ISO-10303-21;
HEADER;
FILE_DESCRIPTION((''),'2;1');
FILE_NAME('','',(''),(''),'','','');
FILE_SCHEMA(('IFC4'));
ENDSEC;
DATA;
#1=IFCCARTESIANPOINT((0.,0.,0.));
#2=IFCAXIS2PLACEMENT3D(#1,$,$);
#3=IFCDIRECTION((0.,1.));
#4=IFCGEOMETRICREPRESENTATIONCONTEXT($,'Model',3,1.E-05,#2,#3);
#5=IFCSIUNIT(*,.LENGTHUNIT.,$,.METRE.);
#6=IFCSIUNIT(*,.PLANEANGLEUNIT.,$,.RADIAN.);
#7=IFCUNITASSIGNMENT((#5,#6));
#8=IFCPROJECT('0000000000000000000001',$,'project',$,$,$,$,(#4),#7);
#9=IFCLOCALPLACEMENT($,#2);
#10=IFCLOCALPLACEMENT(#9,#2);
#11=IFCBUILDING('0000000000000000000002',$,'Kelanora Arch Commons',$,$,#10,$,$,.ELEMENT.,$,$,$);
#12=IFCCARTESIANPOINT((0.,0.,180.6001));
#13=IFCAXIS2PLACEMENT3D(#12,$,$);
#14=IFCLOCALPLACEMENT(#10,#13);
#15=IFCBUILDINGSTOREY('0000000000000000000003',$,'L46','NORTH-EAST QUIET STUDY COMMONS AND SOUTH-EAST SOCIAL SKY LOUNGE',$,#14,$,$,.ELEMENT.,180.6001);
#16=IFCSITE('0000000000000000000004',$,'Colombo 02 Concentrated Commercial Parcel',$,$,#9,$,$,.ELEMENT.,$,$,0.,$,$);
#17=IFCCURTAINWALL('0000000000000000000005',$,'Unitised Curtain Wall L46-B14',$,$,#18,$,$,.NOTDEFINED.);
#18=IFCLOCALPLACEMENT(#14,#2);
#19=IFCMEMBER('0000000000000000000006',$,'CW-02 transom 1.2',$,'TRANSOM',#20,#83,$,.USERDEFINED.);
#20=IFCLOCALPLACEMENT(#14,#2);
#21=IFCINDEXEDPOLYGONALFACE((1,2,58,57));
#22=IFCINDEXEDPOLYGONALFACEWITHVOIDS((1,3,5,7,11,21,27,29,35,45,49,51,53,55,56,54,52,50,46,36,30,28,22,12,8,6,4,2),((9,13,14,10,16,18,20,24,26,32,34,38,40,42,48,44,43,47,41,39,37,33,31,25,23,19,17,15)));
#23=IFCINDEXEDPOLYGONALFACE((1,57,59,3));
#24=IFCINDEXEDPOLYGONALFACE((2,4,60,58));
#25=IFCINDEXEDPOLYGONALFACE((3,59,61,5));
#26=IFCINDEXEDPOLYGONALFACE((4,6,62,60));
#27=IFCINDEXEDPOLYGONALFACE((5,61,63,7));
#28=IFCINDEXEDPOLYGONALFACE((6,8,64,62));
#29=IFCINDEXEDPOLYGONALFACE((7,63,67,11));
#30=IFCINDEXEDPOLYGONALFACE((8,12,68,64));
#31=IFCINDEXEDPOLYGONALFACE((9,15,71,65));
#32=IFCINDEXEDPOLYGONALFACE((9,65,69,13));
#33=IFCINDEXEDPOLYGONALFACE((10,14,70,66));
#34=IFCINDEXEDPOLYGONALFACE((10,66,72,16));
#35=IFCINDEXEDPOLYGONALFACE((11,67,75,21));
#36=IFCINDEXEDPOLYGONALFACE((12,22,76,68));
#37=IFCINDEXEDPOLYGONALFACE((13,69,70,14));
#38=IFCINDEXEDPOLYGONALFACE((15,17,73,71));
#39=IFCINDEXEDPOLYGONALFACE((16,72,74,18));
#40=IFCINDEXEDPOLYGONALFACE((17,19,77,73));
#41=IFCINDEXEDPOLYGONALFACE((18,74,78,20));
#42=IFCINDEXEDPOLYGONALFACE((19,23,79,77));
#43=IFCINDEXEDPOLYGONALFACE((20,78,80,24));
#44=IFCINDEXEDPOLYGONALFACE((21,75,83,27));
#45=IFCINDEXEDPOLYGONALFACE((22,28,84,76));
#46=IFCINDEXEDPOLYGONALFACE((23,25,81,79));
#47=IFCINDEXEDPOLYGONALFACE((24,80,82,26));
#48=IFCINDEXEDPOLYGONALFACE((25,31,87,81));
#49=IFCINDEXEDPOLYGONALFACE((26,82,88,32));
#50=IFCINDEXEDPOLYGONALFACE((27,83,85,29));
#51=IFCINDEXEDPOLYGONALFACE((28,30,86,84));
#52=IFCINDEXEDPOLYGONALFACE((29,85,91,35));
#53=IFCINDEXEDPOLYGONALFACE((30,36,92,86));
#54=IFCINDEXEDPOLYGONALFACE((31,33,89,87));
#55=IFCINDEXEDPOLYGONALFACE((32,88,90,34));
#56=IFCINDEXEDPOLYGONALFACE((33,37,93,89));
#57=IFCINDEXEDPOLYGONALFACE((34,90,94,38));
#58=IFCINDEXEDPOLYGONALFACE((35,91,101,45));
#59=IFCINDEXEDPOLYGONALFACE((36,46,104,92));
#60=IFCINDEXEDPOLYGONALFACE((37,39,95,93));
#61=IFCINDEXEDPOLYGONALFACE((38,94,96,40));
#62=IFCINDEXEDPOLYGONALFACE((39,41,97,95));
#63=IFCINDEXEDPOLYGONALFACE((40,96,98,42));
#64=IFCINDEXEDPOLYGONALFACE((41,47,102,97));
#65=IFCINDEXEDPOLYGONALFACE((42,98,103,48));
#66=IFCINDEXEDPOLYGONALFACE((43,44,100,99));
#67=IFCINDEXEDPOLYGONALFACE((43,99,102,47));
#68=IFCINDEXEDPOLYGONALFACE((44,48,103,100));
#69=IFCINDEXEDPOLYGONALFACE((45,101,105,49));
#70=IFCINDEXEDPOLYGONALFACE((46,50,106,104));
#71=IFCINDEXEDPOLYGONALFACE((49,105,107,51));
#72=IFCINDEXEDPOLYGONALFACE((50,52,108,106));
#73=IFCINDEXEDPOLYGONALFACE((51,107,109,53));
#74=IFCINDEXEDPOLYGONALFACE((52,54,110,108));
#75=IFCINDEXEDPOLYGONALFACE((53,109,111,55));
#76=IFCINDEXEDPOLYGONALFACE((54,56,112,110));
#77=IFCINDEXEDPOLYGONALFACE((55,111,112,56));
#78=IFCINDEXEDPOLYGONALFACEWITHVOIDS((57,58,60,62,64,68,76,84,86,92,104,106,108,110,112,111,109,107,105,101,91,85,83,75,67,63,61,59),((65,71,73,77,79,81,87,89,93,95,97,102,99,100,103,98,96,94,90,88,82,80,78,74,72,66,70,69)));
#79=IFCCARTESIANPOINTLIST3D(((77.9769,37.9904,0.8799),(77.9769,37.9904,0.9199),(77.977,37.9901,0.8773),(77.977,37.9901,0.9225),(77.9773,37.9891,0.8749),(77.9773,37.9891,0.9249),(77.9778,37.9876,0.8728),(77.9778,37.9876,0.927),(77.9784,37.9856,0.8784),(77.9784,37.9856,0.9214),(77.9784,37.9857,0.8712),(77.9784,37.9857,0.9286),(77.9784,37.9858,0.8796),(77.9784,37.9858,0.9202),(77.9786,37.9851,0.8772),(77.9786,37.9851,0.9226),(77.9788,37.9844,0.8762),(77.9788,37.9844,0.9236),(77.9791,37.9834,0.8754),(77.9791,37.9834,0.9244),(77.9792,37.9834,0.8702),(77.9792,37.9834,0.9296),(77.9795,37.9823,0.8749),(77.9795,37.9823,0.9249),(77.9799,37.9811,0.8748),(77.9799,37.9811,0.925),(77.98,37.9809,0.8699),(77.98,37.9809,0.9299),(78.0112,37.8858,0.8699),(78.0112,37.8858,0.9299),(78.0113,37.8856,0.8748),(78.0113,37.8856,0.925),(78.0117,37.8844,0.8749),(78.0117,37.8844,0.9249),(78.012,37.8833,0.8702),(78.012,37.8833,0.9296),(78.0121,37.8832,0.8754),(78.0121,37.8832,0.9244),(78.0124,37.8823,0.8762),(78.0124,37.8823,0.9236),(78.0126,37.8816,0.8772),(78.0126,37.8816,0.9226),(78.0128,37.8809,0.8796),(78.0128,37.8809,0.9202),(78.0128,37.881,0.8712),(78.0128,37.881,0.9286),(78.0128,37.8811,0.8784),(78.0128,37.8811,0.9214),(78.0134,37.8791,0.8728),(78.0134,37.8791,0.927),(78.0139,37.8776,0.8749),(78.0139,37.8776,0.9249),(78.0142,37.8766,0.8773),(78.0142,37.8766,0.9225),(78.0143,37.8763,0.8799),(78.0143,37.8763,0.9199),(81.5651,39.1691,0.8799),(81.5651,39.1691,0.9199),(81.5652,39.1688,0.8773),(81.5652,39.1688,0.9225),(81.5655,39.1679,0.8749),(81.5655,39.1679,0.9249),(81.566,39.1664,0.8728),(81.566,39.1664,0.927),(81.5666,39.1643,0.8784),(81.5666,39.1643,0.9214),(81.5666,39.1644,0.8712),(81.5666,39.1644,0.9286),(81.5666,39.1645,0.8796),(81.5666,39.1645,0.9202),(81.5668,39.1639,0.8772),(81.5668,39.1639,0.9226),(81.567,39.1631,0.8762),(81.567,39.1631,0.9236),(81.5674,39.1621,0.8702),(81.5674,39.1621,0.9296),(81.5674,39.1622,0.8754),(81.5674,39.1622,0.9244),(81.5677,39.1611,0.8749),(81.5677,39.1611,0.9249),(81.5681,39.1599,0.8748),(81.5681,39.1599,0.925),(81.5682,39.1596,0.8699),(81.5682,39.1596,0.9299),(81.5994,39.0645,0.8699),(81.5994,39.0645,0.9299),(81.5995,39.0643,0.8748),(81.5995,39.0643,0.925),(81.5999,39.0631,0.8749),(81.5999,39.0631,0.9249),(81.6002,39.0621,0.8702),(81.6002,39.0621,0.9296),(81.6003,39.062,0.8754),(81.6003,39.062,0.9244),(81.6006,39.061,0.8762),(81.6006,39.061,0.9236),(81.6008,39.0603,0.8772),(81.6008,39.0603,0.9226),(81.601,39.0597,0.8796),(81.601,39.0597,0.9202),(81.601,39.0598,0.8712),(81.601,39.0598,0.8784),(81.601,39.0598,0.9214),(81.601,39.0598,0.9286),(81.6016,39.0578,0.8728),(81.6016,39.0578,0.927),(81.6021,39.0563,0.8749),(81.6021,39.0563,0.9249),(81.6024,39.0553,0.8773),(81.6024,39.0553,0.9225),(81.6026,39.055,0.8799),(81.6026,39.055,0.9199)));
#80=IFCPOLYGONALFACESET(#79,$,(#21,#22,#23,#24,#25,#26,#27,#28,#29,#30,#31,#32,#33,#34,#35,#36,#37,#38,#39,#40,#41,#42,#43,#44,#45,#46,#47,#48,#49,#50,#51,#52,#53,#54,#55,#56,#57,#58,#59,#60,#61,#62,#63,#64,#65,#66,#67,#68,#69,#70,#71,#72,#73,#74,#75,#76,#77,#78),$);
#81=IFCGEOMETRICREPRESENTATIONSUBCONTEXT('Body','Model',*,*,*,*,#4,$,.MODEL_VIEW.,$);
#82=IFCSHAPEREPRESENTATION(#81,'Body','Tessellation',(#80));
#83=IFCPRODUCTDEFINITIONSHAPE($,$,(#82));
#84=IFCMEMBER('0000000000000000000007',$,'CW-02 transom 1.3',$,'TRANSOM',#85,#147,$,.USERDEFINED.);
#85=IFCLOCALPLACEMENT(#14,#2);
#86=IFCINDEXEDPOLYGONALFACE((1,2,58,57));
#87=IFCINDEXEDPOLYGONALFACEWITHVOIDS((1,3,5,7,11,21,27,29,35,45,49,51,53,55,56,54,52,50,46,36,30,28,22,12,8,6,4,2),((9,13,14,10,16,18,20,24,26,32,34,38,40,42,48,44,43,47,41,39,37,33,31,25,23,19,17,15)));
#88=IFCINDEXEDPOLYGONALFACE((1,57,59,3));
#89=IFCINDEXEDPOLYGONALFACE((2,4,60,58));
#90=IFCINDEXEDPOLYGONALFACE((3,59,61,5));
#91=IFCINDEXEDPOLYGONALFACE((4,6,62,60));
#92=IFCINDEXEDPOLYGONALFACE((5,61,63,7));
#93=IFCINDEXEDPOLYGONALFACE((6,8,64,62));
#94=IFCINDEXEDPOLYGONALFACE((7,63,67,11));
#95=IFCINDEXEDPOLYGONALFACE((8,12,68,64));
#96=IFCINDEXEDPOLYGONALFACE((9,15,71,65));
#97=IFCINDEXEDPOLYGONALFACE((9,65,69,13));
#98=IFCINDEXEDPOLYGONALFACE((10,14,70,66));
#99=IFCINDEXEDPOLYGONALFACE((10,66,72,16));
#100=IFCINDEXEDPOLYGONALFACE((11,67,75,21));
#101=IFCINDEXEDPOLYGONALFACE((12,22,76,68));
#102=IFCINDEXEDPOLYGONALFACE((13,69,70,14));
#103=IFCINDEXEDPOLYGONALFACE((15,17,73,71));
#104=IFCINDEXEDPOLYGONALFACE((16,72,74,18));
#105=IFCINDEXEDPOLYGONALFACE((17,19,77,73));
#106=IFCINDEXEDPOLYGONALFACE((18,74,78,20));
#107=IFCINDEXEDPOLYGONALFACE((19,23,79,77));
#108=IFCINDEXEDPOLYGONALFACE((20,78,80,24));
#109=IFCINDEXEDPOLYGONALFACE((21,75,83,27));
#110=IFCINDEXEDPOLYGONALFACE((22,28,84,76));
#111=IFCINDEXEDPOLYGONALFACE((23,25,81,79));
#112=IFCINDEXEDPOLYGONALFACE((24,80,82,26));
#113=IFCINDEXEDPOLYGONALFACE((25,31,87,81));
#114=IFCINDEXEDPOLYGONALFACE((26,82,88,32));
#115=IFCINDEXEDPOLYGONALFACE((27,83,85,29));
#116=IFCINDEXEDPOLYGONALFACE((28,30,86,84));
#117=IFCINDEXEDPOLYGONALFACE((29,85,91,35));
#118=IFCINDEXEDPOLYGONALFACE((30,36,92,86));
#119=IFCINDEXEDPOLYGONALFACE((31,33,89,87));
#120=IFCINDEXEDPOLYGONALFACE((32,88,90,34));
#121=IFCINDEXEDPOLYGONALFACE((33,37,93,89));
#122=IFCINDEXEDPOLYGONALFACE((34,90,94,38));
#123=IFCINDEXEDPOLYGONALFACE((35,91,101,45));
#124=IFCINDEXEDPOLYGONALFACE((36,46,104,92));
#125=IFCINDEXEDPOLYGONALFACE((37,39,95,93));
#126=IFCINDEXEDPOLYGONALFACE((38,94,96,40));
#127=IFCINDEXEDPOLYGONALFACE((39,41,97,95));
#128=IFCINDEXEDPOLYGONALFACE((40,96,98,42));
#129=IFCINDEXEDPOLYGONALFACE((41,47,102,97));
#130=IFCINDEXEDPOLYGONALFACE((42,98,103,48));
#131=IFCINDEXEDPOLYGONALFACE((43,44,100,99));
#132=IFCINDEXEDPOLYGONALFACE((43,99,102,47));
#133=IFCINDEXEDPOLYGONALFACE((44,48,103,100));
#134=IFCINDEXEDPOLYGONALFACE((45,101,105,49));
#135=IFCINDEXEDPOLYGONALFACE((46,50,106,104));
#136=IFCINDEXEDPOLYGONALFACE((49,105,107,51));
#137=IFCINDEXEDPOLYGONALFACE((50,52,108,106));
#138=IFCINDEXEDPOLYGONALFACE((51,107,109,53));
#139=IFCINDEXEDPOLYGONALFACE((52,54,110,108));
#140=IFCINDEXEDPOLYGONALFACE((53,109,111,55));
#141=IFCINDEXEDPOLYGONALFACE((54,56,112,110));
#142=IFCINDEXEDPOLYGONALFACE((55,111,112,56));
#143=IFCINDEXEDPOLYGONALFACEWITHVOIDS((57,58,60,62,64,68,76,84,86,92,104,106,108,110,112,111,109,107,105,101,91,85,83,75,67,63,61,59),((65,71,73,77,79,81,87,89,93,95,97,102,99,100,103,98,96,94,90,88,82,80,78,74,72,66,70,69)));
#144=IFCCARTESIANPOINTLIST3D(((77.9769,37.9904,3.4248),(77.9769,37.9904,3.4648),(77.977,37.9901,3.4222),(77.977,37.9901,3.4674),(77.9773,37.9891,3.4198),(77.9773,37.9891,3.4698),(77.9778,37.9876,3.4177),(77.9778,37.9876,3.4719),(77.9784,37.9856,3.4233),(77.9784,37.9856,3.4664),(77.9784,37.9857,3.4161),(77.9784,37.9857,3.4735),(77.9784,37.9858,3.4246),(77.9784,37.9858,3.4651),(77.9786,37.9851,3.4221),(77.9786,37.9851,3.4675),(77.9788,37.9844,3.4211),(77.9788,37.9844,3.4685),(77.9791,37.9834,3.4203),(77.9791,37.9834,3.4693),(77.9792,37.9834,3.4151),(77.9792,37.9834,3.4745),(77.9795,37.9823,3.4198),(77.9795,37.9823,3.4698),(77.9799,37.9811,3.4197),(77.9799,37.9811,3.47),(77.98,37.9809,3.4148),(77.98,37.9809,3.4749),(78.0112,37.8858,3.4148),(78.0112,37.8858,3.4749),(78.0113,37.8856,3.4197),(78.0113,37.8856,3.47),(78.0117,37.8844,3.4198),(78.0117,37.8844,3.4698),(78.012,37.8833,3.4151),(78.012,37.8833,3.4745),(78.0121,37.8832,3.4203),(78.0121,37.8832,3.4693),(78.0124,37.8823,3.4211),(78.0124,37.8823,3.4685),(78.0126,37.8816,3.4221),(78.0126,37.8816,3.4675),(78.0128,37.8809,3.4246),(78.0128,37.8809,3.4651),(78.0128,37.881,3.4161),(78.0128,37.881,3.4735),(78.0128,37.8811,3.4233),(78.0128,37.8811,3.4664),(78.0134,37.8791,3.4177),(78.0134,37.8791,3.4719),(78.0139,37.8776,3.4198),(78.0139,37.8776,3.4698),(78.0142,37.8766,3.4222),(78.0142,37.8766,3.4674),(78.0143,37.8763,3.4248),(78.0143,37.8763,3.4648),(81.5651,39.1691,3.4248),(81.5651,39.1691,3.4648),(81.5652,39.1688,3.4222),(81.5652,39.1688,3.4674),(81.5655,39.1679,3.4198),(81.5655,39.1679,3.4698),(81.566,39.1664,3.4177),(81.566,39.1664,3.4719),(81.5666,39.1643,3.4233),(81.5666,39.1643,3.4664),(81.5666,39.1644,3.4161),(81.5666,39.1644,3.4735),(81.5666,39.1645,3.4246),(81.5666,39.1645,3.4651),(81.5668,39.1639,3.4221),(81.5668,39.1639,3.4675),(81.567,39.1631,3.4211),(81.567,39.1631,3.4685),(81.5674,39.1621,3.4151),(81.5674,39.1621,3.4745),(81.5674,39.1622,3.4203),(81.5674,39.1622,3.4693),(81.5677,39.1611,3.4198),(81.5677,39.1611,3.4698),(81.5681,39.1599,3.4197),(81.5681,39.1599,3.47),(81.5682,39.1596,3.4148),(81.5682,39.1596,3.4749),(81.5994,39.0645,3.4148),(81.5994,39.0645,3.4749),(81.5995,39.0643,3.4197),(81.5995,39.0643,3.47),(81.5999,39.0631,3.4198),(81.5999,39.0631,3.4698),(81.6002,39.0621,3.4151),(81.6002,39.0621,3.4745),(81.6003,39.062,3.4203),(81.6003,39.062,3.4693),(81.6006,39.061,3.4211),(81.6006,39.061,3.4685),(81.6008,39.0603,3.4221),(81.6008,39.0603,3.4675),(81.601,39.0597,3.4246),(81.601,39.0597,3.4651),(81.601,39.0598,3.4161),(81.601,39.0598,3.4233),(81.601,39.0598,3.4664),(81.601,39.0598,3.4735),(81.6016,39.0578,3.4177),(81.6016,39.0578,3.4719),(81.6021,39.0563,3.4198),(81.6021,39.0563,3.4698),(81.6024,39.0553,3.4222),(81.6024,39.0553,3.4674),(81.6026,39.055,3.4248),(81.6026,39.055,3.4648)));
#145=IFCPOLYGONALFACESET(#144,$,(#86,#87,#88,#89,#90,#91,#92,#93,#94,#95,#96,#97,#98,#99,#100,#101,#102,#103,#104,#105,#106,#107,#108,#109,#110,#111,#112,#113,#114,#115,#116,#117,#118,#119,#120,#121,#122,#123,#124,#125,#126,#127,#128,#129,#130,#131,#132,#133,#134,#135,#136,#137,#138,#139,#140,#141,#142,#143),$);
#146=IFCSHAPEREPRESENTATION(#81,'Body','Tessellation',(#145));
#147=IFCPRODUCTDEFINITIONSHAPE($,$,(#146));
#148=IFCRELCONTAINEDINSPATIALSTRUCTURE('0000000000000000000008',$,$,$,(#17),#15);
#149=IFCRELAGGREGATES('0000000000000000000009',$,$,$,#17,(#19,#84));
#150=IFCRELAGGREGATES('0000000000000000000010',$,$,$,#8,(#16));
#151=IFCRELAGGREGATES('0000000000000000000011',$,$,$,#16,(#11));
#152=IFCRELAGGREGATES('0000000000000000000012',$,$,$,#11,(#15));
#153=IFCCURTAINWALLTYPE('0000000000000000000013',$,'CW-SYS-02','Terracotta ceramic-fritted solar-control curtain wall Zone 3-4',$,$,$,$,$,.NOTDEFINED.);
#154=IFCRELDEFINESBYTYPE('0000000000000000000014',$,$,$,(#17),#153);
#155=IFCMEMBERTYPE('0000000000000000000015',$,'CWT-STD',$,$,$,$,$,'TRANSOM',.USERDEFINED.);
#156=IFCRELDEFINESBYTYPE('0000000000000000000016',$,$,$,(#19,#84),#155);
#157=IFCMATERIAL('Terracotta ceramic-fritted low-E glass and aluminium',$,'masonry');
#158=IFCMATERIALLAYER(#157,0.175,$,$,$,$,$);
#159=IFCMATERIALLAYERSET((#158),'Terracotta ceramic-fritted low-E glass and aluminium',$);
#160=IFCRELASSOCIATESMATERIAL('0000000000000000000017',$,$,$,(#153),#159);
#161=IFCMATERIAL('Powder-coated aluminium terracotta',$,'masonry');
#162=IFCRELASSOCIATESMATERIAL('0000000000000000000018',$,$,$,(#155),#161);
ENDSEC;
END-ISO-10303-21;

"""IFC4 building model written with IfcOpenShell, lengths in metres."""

from ifc_helpers import new_model, si_unit, direction, frame, origin, origin_2d, place, context, subcontext, project, spatial, hollow_rectangle, extrude, material, layer, layer_set, material_profile, profile_set, type_object, element, aggregate, save


model = new_model("IFC4")

# Units and contexts
model_context = context("Model", 3, precision=1e-05, world=origin(), true_north=direction((0.0, 1.0)))
body_context = subcontext(model_context, "Body", "Model", "MODEL_VIEW")
ifc_project = project(units=[si_unit("LENGTHUNIT", "METRE"), si_unit("PLANEANGLEUNIT", "RADIAN")], contexts=[model_context])

# Site, building, storey
site_placement = place(None, origin())
site = spatial("IfcSite", under=ifc_project, at=site_placement, Name="Colombo 02 Concentrated Commercial Parcel", CompositionType="ELEMENT", RefElevation=0.0)
building_placement = place(site_placement, origin())
building = spatial("IfcBuilding", under=site, at=building_placement, Name="Kelanora Arch Commons", CompositionType="ELEMENT")
storey_placement = place(building_placement, frame((0.0, 0.0, 180.6001)))
storey = spatial("IfcBuildingStorey", under=building, at=storey_placement, Name="L46", Description="NORTH-EAST QUIET STUDY COMMONS AND SOUTH-EAST SOCIAL SKY LOUNGE", CompositionType="ELEMENT", Elevation=180.6001)

# Curtain wall, members
ifc_material_1 = material(Name="Terracotta ceramic-fritted low-E glass and aluminium", Category="masonry")
ifc_layer_1 = layer(ifc_material_1, 0.175)
ifc_layer_set_1 = layer_set([ifc_layer_1], Name="Terracotta ceramic-fritted low-E glass and aluminium")
curtain_wall_type = type_object("IfcCurtainWallType", Name="CW-SYS-02", Description="Terracotta ceramic-fritted solar-control curtain wall Zone 3-4", PredefinedType="NOTDEFINED", material=ifc_layer_set_1)
curtain_wall_placement = place(storey_placement, origin())
curtain_wall = element("IfcCurtainWall", 1, at=curtain_wall_placement, inside=storey, type_object=curtain_wall_type, Name="Unitised Curtain Wall L46-B14", PredefinedType="NOTDEFINED")
ifc_material_2 = material(Name="Powder-coated aluminium terracotta", Category="masonry")
ifc_material_profile_1 = material_profile(ifc_material_2, hollow_rectangle(XDim=0.1201, YDim=0.0601, WallThickness=0.0049, InnerFilletRadius=0.0049, OuterFilletRadius=0.01, at=origin_2d()), Name="CWT120x60")
ifc_profile_set_1 = profile_set([ifc_material_profile_1], Name="Powder-coated aluminium terracotta")
member_type_1 = type_object("IfcMemberType", Name="CWT-STD", ElementType="TRANSOM", PredefinedType="USERDEFINED", material=ifc_profile_set_1)
member_1_placement = place(storey_placement, frame((77.9956, 37.9333, 0.8999), z_axis=(0.950051, 0.312094, 0.0), x_axis=(-0.312094, 0.950051, 0.0)))
member_1 = element("IfcMember", 2, at=member_1_placement, type_object=member_type_1, Name="CW-02 transom 1.2", ObjectType="TRANSOM", PredefinedType="USERDEFINED", context=body_context, shape_type="SweptSolid", body=[
    extrude(hollow_rectangle(XDim=0.1201, YDim=0.0601, WallThickness=0.0049, InnerFilletRadius=0.0049, OuterFilletRadius=0.01, at=origin_2d()), origin(), (0.0, 0.0, 1.0), 3.7769),
])
member_2_placement = place(storey_placement, frame((77.9956, 37.9333, 3.4448), z_axis=(0.950051, 0.312094, 0.0), x_axis=(-0.312094, 0.950051, 0.0)))
member_2 = element("IfcMember", 3, at=member_2_placement, type_object=member_type_1, Name="CW-02 transom 1.3", ObjectType="TRANSOM", PredefinedType="USERDEFINED", context=body_context, shape_type="SweptSolid", body=[
    extrude(hollow_rectangle(XDim=0.1201, YDim=0.0601, WallThickness=0.0049, InnerFilletRadius=0.0049, OuterFilletRadius=0.01, at=origin_2d()), origin(), (0.0, 0.0, 1.0), 3.7769),
])
aggregate(curtain_wall, [member_1, member_2])

save(model, "model.ifc")
